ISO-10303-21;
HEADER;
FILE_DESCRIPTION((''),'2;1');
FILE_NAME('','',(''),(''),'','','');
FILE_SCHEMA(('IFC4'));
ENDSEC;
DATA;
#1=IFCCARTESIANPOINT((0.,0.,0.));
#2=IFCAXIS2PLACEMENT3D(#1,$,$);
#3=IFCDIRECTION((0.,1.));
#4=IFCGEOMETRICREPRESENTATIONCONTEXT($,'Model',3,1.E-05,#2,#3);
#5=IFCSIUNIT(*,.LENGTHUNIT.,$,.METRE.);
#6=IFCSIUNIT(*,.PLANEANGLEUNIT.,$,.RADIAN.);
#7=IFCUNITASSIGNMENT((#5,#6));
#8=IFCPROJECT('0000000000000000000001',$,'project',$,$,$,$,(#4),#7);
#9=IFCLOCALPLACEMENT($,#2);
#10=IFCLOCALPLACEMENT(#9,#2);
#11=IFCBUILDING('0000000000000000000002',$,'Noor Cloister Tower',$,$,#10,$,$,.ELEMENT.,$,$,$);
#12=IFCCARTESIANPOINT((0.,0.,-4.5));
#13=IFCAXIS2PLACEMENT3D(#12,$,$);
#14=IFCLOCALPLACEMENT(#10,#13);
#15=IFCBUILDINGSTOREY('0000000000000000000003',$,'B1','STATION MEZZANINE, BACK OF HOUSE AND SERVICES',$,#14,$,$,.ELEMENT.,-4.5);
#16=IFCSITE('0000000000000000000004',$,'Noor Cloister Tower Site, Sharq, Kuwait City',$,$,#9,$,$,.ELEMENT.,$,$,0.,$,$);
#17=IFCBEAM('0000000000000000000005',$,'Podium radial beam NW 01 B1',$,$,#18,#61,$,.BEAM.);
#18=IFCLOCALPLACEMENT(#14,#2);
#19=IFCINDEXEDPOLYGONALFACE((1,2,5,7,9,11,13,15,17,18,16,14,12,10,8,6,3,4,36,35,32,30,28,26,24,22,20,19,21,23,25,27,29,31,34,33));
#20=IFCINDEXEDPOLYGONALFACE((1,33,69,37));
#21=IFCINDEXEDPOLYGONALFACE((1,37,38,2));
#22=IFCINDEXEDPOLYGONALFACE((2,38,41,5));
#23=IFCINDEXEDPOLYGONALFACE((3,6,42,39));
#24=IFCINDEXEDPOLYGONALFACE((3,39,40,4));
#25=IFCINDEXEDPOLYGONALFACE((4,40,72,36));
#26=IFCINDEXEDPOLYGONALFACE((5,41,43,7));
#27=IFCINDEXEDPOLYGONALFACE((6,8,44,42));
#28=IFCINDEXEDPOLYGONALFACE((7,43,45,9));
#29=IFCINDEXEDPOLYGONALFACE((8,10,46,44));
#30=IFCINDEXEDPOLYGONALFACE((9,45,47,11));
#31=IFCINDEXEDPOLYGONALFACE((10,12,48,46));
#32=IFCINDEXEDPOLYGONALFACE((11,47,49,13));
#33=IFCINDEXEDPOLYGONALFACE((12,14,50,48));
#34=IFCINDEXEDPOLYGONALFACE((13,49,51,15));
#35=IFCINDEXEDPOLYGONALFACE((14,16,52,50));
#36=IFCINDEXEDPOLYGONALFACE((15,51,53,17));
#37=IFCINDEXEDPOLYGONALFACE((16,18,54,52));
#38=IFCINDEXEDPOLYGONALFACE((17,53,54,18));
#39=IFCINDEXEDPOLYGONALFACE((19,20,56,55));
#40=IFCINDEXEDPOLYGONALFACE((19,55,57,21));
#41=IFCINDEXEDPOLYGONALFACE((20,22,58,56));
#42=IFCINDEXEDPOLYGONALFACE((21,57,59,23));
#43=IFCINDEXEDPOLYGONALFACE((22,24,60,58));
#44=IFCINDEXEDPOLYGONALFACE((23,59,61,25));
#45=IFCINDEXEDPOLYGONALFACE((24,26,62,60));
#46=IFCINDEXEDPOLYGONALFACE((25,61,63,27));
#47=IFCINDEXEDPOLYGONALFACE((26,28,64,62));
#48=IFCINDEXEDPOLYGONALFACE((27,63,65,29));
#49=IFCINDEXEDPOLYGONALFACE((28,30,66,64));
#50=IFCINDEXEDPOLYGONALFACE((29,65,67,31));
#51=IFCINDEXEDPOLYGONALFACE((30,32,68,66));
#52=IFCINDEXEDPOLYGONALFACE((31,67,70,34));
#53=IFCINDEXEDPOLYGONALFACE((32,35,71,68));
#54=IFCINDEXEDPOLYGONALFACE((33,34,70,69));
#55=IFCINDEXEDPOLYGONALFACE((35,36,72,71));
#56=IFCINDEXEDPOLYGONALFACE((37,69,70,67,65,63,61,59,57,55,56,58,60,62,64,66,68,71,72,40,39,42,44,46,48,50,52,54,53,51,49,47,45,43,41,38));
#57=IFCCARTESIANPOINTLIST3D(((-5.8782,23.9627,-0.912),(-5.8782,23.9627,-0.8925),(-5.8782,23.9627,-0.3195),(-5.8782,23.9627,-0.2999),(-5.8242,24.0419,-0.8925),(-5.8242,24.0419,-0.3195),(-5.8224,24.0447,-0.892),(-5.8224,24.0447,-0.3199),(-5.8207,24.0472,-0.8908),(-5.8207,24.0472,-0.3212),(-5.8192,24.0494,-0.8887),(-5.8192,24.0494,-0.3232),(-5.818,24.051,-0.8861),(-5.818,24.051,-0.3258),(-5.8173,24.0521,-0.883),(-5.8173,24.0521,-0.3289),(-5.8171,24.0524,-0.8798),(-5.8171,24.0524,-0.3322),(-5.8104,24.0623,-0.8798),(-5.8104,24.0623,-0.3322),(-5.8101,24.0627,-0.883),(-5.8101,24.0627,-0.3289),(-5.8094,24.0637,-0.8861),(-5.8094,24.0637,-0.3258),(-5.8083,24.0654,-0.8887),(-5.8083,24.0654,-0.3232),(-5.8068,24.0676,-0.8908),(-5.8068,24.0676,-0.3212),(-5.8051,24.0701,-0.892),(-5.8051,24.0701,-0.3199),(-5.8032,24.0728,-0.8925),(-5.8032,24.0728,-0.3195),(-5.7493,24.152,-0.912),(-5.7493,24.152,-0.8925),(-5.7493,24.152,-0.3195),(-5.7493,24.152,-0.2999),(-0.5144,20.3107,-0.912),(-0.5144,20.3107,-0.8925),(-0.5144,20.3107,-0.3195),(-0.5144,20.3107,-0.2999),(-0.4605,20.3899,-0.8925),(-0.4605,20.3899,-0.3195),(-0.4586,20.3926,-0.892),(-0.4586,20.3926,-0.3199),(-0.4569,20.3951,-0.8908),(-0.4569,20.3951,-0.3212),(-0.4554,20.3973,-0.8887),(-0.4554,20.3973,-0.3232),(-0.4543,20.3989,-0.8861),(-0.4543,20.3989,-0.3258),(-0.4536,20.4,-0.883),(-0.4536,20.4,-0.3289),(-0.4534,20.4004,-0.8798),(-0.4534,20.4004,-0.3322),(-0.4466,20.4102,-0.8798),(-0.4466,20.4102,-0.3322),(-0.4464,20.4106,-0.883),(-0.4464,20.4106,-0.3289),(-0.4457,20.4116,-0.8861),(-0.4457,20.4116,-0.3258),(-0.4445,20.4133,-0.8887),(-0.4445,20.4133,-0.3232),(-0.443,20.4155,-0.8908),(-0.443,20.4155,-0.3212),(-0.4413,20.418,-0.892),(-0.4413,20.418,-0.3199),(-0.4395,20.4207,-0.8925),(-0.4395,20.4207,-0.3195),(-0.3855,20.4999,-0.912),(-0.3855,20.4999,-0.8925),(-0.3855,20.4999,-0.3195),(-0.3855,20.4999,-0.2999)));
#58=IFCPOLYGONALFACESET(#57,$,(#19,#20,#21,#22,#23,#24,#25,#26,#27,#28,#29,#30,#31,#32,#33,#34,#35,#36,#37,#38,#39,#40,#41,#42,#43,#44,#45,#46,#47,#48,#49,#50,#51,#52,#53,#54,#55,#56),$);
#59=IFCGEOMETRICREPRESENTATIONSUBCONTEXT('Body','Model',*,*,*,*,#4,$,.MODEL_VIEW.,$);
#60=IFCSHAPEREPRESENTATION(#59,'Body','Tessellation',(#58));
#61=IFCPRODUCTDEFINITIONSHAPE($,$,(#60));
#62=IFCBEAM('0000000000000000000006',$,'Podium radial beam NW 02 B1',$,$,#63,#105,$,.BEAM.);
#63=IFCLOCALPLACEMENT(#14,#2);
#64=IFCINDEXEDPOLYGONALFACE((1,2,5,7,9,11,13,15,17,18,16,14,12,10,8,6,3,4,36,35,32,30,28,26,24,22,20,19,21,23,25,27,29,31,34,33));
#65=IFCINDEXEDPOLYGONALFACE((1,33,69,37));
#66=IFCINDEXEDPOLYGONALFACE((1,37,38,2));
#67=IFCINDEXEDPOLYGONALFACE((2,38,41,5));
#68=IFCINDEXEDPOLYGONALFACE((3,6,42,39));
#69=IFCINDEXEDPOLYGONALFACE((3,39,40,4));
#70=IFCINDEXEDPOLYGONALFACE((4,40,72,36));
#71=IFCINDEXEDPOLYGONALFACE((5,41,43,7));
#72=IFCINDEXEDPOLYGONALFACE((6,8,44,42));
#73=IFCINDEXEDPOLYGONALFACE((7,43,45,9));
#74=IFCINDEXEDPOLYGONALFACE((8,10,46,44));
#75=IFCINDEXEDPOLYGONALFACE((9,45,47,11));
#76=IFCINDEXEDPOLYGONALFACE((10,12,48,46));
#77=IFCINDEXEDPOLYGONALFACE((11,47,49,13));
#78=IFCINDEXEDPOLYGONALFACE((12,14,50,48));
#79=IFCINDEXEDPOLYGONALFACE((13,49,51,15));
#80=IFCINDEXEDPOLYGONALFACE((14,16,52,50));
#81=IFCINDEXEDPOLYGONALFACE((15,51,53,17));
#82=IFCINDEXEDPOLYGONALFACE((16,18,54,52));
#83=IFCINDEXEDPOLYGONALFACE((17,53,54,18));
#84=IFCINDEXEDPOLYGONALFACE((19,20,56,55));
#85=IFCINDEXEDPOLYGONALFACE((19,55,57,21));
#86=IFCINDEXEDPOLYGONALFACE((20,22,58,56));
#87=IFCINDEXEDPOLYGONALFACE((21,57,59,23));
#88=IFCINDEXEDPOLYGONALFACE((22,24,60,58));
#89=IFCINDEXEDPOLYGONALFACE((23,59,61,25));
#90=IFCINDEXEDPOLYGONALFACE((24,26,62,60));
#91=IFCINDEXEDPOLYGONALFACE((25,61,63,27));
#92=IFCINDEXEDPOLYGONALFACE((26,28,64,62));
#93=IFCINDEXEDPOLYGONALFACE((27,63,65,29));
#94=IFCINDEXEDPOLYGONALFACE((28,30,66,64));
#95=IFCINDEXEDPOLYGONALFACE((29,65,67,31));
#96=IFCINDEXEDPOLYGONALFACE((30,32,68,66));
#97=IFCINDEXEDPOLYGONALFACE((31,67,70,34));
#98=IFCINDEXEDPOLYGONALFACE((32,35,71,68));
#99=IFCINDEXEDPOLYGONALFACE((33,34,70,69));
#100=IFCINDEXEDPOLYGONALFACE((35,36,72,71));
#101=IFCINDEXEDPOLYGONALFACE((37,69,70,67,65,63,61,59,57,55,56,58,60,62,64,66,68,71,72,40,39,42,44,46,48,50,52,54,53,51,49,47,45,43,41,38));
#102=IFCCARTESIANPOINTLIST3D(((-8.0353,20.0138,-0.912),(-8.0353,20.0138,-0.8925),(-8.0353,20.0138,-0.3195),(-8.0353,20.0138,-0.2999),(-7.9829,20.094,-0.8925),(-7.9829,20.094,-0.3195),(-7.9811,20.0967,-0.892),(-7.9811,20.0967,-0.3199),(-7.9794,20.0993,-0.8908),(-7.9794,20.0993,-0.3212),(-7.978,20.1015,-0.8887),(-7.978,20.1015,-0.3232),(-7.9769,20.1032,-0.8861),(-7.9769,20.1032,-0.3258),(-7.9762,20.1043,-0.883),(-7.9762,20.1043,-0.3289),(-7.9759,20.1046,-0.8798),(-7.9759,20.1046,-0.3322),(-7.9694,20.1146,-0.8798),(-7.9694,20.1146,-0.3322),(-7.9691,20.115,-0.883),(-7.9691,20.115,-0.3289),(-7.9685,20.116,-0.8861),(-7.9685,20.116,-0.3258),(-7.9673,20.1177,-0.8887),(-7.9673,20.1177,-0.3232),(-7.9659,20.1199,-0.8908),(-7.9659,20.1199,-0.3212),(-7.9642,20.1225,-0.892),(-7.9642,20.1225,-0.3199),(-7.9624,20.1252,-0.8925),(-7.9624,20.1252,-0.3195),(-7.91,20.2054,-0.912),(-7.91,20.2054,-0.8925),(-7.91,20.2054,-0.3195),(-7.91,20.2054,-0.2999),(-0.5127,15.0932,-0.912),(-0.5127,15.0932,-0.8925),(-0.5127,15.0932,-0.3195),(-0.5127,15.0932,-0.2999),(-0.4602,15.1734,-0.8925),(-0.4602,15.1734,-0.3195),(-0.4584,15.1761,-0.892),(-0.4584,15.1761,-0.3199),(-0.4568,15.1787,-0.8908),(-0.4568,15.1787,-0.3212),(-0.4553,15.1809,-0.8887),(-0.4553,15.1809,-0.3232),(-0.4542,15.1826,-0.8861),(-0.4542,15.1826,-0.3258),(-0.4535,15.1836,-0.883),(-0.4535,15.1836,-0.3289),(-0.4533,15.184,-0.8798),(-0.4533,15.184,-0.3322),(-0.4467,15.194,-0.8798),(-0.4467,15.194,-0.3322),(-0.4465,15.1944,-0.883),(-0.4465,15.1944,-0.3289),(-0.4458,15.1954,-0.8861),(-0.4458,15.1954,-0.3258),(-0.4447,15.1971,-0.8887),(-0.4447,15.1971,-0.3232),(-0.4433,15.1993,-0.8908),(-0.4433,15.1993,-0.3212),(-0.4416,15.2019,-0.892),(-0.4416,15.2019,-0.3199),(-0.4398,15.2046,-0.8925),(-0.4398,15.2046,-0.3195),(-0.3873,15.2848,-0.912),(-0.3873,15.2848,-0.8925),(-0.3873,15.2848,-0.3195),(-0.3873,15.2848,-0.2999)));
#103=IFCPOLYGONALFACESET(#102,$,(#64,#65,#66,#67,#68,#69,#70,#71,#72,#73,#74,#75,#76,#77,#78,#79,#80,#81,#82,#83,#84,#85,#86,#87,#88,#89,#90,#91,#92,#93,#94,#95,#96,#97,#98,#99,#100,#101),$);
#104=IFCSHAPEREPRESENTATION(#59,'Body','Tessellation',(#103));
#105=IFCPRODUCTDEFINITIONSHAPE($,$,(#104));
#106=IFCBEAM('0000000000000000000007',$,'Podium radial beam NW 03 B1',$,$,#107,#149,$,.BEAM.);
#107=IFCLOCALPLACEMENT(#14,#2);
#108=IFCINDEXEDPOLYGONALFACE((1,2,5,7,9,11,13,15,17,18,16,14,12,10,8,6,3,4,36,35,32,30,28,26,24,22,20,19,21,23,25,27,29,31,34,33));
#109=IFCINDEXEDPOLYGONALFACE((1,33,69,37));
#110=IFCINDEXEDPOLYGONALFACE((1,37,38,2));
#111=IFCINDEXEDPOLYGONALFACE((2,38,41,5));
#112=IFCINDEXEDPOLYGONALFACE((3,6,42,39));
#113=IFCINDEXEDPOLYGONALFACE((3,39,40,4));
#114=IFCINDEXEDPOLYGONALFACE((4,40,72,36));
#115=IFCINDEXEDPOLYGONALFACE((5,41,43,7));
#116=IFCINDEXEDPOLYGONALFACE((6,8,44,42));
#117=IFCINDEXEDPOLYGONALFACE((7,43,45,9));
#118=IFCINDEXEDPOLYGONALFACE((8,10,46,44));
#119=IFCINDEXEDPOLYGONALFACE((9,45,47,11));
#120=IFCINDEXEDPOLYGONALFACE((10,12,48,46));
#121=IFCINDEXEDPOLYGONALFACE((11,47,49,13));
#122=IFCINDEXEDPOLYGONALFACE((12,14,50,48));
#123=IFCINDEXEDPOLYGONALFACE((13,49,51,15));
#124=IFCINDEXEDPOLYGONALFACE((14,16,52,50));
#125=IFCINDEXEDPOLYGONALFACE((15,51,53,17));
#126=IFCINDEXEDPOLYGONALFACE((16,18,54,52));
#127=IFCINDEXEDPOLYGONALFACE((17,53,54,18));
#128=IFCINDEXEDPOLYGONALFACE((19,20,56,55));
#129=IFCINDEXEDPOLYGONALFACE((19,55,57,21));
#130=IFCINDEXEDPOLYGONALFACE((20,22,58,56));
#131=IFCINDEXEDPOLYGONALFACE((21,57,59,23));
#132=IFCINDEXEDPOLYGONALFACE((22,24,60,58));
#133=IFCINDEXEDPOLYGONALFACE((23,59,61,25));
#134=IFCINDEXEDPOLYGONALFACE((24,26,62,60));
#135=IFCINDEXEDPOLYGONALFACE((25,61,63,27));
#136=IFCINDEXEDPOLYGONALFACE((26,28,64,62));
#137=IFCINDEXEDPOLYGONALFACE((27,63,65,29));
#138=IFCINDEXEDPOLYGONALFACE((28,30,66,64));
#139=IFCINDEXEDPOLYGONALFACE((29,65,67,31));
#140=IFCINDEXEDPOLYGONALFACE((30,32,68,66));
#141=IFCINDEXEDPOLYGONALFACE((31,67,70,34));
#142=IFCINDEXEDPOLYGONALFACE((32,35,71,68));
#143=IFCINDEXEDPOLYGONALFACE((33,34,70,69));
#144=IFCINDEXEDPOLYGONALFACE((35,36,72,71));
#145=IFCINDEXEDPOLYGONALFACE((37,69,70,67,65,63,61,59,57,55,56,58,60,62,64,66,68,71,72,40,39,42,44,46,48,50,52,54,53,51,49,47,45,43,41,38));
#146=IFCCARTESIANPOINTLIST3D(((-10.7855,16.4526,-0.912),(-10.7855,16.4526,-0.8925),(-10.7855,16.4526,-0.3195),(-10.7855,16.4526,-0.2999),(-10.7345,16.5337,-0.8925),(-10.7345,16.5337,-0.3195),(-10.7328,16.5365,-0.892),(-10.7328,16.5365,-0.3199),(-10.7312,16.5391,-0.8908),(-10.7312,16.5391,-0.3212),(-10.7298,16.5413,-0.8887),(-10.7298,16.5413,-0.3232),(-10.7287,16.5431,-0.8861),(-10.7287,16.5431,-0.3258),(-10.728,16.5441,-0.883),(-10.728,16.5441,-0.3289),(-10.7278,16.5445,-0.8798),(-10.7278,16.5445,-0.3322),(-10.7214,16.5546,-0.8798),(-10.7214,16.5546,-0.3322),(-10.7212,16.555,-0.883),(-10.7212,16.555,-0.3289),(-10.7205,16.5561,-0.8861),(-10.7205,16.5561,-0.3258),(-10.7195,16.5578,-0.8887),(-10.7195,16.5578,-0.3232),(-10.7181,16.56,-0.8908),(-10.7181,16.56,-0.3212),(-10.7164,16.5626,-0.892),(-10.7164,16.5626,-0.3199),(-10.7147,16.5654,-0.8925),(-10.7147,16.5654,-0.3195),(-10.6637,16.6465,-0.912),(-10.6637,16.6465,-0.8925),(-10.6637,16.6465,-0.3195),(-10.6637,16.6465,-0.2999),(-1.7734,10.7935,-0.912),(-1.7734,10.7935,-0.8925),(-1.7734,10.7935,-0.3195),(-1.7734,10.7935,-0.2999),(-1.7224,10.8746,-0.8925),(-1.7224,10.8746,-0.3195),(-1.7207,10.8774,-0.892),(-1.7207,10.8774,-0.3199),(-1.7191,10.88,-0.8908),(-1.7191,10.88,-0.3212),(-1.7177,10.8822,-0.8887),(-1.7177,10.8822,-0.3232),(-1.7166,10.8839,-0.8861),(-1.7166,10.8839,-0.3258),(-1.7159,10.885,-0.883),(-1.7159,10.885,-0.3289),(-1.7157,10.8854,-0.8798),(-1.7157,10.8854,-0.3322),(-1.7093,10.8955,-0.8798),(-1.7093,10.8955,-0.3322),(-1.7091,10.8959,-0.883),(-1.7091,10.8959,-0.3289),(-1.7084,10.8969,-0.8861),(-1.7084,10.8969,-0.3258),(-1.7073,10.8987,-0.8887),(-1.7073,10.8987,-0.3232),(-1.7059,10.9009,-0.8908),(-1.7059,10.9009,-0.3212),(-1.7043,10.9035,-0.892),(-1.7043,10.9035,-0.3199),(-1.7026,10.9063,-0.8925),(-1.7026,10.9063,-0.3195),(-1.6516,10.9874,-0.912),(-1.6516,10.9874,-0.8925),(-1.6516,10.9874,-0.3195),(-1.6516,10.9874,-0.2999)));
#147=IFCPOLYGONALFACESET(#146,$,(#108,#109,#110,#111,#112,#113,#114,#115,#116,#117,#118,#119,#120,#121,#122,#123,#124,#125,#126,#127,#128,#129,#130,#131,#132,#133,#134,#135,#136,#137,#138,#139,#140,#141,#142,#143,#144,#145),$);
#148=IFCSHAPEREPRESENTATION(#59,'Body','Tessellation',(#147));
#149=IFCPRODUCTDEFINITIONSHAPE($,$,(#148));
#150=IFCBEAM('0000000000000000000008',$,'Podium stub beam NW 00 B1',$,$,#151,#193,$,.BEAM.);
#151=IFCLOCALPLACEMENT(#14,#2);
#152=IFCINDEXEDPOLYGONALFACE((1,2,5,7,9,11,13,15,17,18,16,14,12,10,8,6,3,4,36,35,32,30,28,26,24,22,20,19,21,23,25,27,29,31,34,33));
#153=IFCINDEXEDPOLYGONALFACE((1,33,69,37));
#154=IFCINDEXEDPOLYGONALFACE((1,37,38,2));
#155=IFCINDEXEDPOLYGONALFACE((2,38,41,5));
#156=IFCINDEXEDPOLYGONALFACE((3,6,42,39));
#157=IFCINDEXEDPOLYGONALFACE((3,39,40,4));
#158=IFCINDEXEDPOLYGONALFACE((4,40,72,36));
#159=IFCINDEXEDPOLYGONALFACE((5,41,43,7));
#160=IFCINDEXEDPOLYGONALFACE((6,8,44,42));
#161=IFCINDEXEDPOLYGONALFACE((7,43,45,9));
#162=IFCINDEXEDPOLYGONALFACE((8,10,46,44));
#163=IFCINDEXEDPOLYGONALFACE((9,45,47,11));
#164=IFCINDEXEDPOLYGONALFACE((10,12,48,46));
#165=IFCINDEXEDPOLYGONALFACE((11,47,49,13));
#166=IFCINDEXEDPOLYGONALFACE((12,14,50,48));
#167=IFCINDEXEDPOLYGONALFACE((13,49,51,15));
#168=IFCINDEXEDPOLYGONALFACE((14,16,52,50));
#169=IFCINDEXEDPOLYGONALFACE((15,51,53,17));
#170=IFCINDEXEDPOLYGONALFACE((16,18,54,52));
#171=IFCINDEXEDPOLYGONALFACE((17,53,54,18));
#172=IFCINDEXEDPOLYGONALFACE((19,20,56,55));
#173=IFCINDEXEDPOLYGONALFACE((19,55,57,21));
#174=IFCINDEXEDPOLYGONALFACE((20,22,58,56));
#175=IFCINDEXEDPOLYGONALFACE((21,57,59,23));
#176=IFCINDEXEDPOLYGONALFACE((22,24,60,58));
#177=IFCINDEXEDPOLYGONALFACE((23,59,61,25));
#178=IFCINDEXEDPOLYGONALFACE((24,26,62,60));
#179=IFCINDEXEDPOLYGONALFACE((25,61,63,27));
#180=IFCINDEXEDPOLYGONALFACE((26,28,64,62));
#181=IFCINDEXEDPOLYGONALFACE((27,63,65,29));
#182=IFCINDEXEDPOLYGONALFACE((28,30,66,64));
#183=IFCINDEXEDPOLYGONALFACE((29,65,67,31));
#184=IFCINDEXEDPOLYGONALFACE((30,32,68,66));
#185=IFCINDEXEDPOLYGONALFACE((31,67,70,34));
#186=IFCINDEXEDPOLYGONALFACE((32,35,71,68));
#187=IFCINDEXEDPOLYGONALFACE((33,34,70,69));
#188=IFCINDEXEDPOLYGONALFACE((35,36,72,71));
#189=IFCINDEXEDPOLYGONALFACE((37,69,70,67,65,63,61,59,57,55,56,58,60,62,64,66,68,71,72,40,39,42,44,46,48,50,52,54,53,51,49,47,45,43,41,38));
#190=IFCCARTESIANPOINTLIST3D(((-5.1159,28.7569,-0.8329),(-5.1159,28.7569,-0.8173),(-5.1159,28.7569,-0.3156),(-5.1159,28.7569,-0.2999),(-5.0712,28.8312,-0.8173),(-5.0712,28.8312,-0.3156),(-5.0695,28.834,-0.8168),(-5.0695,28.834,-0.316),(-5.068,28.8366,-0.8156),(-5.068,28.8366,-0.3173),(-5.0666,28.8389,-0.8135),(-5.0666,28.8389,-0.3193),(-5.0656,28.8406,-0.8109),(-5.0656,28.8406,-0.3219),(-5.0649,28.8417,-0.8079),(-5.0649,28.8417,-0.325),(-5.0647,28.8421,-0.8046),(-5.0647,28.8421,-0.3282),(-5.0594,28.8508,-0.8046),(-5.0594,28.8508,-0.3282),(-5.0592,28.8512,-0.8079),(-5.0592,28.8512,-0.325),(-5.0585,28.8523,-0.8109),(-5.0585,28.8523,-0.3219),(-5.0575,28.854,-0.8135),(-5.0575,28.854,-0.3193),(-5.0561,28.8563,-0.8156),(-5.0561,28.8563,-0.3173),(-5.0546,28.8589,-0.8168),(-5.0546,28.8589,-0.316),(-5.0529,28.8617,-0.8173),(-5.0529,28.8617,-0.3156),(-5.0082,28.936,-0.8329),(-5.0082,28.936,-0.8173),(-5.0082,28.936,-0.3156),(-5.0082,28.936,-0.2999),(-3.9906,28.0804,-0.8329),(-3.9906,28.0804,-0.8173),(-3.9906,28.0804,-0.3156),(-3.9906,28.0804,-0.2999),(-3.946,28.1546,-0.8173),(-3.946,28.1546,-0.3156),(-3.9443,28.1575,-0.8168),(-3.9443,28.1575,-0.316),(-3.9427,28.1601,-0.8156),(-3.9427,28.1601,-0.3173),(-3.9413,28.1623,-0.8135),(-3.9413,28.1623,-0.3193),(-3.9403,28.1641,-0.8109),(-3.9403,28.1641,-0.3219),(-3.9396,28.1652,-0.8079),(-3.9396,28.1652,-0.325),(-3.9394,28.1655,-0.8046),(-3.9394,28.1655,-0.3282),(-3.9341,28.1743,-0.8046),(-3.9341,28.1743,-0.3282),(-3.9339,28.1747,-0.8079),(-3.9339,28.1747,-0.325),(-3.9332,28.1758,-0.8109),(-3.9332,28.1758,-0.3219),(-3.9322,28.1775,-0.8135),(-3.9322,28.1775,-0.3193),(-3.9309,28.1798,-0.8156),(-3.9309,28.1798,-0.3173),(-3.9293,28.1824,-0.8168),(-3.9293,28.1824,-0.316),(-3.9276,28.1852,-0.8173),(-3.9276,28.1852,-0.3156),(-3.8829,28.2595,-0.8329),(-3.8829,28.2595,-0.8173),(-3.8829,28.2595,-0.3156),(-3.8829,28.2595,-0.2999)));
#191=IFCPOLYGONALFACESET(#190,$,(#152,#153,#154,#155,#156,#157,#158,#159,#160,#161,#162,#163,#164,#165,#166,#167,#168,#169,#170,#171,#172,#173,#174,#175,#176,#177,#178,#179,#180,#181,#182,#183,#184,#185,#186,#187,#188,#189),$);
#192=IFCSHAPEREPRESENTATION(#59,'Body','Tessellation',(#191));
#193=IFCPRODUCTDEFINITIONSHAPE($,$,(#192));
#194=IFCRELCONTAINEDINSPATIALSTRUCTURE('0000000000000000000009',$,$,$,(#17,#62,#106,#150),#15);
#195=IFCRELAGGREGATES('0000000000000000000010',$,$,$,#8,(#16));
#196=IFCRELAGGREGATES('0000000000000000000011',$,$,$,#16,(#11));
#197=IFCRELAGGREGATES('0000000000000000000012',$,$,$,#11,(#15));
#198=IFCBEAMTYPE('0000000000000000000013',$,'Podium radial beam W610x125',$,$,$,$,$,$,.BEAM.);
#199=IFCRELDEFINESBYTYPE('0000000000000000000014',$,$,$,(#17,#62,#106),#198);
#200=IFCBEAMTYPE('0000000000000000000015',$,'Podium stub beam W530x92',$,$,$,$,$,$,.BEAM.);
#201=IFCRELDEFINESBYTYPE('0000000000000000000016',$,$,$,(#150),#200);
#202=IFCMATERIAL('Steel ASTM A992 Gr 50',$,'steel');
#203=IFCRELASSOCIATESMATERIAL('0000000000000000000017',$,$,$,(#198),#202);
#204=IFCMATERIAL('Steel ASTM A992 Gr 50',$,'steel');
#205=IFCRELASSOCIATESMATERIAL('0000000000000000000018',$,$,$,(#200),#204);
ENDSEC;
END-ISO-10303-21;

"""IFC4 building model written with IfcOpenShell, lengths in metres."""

from ifc_helpers import new_model, si_unit, direction, frame, origin, origin_2d, place, context, subcontext, project, spatial, i_section, extrude, material, material_profile, profile_set, type_object, element, save


model = new_model("IFC4")

# Units and contexts
model_context = context("Model", 3, precision=1e-05, world=origin(), true_north=direction((0.0, 1.0)))
body_context = subcontext(model_context, "Body", "Model", "MODEL_VIEW")
ifc_project = project(units=[si_unit("LENGTHUNIT", "METRE"), si_unit("PLANEANGLEUNIT", "RADIAN")], contexts=[model_context])

# Site, building, storey
site_placement = place(None, origin())
site = spatial("IfcSite", under=ifc_project, at=site_placement, Name="Noor Cloister Tower Site, Sharq, Kuwait City", CompositionType="ELEMENT", RefElevation=0.0)
building_placement = place(site_placement, origin())
building = spatial("IfcBuilding", under=site, at=building_placement, Name="Noor Cloister Tower", CompositionType="ELEMENT")
storey_placement = place(building_placement, frame((0.0, 0.0, -4.5)))
storey = spatial("IfcBuildingStorey", under=building, at=storey_placement, Name="B1", Description="STATION MEZZANINE, BACK OF HOUSE AND SERVICES", CompositionType="ELEMENT", Elevation=-4.5)

# Beams
ifc_material_1 = material(Name="Steel ASTM A992 Gr 50", Category="steel")
ifc_material_profile_1 = material_profile(ifc_material_1, i_section(OverallWidth=0.229, OverallDepth=0.6121, WebThickness=0.012, FlangeThickness=0.0195, FilletRadius=0.0127, at=origin_2d()), Name="W610x125")
ifc_profile_set_1 = profile_set([ifc_material_profile_1], Name="Steel ASTM A992 Gr 50")
beam_type_1 = type_object("IfcBeamType", Name="Podium radial beam W610x125", PredefinedType="BEAM", material=ifc_profile_set_1)
beam_1_placement = place(storey_placement, frame((-5.8137, 24.0574, -0.606), z_axis=(0.826587, -0.562809, 0.0), x_axis=(0.562809, 0.826587, 0.0)))
element("IfcBeam", 1, at=beam_1_placement, inside=storey, type_object=beam_type_1, Name="Podium radial beam NW 01 B1", PredefinedType="BEAM", context=body_context, shape_type="SweptSolid", body=[
    extrude(i_section(OverallWidth=0.229, OverallDepth=0.6121, WebThickness=0.012, FlangeThickness=0.0195, FilletRadius=0.0127, at=origin_2d()), origin(), (0.0, 0.0, 1.0), 6.489),
])
beam_2_placement = place(storey_placement, frame((-7.9727, 20.1096, -0.606), z_axis=(0.83687, -0.547402, 0.0), x_axis=(0.547402, 0.83687, 0.0)))
element("IfcBeam", 2, at=beam_2_placement, inside=storey, type_object=beam_type_1, Name="Podium radial beam NW 02 B1", PredefinedType="BEAM", context=body_context, shape_type="SweptSolid", body=[
    extrude(i_section(OverallWidth=0.229, OverallDepth=0.6121, WebThickness=0.012, FlangeThickness=0.0195, FilletRadius=0.0127, at=origin_2d()), origin(), (0.0, 0.0, 1.0), 8.989),
])
beam_3_placement = place(storey_placement, frame((-10.7246, 16.5496, -0.606), z_axis=(0.846875, -0.531792, 0.0), x_axis=(0.531792, 0.846875, 0.0)))
element("IfcBeam", 3, at=beam_3_placement, inside=storey, type_object=beam_type_1, Name="Podium radial beam NW 03 B1", PredefinedType="BEAM", context=body_context, shape_type="SweptSolid", body=[
    extrude(i_section(OverallWidth=0.229, OverallDepth=0.6121, WebThickness=0.012, FlangeThickness=0.0195, FilletRadius=0.0127, at=origin_2d()), origin(), (0.0, 0.0, 1.0), 10.6416),
])
ifc_material_2 = material(Name="Steel ASTM A992 Gr 50", Category="steel")
ifc_material_profile_2 = material_profile(ifc_material_2, i_section(OverallWidth=0.209, OverallDepth=0.533, WebThickness=0.0103, FlangeThickness=0.0156, FilletRadius=0.0127, at=origin_2d()), Name="W530x92")
ifc_profile_set_2 = profile_set([ifc_material_profile_2], Name="Steel ASTM A992 Gr 50")
beam_type_2 = type_object("IfcBeamType", Name="Podium stub beam W530x92", PredefinedType="BEAM", material=ifc_profile_set_2)
beam_4_placement = place(storey_placement, frame((-3.9368, 28.1699, -0.5664), z_axis=(-0.857033, 0.515261, 0.0), x_axis=(-0.515261, -0.857033, 0.0)))
element("IfcBeam", 4, at=beam_4_placement, inside=storey, type_object=beam_type_2, Name="Podium stub beam NW 00 B1", PredefinedType="BEAM", context=body_context, shape_type="SweptSolid", body=[
    extrude(i_section(OverallWidth=0.209, OverallDepth=0.533, WebThickness=0.0103, FlangeThickness=0.0156, FilletRadius=0.0127, at=origin_2d()), origin(), (0.0, 0.0, 1.0), 1.313),
])

save(model, "model.ifc")
